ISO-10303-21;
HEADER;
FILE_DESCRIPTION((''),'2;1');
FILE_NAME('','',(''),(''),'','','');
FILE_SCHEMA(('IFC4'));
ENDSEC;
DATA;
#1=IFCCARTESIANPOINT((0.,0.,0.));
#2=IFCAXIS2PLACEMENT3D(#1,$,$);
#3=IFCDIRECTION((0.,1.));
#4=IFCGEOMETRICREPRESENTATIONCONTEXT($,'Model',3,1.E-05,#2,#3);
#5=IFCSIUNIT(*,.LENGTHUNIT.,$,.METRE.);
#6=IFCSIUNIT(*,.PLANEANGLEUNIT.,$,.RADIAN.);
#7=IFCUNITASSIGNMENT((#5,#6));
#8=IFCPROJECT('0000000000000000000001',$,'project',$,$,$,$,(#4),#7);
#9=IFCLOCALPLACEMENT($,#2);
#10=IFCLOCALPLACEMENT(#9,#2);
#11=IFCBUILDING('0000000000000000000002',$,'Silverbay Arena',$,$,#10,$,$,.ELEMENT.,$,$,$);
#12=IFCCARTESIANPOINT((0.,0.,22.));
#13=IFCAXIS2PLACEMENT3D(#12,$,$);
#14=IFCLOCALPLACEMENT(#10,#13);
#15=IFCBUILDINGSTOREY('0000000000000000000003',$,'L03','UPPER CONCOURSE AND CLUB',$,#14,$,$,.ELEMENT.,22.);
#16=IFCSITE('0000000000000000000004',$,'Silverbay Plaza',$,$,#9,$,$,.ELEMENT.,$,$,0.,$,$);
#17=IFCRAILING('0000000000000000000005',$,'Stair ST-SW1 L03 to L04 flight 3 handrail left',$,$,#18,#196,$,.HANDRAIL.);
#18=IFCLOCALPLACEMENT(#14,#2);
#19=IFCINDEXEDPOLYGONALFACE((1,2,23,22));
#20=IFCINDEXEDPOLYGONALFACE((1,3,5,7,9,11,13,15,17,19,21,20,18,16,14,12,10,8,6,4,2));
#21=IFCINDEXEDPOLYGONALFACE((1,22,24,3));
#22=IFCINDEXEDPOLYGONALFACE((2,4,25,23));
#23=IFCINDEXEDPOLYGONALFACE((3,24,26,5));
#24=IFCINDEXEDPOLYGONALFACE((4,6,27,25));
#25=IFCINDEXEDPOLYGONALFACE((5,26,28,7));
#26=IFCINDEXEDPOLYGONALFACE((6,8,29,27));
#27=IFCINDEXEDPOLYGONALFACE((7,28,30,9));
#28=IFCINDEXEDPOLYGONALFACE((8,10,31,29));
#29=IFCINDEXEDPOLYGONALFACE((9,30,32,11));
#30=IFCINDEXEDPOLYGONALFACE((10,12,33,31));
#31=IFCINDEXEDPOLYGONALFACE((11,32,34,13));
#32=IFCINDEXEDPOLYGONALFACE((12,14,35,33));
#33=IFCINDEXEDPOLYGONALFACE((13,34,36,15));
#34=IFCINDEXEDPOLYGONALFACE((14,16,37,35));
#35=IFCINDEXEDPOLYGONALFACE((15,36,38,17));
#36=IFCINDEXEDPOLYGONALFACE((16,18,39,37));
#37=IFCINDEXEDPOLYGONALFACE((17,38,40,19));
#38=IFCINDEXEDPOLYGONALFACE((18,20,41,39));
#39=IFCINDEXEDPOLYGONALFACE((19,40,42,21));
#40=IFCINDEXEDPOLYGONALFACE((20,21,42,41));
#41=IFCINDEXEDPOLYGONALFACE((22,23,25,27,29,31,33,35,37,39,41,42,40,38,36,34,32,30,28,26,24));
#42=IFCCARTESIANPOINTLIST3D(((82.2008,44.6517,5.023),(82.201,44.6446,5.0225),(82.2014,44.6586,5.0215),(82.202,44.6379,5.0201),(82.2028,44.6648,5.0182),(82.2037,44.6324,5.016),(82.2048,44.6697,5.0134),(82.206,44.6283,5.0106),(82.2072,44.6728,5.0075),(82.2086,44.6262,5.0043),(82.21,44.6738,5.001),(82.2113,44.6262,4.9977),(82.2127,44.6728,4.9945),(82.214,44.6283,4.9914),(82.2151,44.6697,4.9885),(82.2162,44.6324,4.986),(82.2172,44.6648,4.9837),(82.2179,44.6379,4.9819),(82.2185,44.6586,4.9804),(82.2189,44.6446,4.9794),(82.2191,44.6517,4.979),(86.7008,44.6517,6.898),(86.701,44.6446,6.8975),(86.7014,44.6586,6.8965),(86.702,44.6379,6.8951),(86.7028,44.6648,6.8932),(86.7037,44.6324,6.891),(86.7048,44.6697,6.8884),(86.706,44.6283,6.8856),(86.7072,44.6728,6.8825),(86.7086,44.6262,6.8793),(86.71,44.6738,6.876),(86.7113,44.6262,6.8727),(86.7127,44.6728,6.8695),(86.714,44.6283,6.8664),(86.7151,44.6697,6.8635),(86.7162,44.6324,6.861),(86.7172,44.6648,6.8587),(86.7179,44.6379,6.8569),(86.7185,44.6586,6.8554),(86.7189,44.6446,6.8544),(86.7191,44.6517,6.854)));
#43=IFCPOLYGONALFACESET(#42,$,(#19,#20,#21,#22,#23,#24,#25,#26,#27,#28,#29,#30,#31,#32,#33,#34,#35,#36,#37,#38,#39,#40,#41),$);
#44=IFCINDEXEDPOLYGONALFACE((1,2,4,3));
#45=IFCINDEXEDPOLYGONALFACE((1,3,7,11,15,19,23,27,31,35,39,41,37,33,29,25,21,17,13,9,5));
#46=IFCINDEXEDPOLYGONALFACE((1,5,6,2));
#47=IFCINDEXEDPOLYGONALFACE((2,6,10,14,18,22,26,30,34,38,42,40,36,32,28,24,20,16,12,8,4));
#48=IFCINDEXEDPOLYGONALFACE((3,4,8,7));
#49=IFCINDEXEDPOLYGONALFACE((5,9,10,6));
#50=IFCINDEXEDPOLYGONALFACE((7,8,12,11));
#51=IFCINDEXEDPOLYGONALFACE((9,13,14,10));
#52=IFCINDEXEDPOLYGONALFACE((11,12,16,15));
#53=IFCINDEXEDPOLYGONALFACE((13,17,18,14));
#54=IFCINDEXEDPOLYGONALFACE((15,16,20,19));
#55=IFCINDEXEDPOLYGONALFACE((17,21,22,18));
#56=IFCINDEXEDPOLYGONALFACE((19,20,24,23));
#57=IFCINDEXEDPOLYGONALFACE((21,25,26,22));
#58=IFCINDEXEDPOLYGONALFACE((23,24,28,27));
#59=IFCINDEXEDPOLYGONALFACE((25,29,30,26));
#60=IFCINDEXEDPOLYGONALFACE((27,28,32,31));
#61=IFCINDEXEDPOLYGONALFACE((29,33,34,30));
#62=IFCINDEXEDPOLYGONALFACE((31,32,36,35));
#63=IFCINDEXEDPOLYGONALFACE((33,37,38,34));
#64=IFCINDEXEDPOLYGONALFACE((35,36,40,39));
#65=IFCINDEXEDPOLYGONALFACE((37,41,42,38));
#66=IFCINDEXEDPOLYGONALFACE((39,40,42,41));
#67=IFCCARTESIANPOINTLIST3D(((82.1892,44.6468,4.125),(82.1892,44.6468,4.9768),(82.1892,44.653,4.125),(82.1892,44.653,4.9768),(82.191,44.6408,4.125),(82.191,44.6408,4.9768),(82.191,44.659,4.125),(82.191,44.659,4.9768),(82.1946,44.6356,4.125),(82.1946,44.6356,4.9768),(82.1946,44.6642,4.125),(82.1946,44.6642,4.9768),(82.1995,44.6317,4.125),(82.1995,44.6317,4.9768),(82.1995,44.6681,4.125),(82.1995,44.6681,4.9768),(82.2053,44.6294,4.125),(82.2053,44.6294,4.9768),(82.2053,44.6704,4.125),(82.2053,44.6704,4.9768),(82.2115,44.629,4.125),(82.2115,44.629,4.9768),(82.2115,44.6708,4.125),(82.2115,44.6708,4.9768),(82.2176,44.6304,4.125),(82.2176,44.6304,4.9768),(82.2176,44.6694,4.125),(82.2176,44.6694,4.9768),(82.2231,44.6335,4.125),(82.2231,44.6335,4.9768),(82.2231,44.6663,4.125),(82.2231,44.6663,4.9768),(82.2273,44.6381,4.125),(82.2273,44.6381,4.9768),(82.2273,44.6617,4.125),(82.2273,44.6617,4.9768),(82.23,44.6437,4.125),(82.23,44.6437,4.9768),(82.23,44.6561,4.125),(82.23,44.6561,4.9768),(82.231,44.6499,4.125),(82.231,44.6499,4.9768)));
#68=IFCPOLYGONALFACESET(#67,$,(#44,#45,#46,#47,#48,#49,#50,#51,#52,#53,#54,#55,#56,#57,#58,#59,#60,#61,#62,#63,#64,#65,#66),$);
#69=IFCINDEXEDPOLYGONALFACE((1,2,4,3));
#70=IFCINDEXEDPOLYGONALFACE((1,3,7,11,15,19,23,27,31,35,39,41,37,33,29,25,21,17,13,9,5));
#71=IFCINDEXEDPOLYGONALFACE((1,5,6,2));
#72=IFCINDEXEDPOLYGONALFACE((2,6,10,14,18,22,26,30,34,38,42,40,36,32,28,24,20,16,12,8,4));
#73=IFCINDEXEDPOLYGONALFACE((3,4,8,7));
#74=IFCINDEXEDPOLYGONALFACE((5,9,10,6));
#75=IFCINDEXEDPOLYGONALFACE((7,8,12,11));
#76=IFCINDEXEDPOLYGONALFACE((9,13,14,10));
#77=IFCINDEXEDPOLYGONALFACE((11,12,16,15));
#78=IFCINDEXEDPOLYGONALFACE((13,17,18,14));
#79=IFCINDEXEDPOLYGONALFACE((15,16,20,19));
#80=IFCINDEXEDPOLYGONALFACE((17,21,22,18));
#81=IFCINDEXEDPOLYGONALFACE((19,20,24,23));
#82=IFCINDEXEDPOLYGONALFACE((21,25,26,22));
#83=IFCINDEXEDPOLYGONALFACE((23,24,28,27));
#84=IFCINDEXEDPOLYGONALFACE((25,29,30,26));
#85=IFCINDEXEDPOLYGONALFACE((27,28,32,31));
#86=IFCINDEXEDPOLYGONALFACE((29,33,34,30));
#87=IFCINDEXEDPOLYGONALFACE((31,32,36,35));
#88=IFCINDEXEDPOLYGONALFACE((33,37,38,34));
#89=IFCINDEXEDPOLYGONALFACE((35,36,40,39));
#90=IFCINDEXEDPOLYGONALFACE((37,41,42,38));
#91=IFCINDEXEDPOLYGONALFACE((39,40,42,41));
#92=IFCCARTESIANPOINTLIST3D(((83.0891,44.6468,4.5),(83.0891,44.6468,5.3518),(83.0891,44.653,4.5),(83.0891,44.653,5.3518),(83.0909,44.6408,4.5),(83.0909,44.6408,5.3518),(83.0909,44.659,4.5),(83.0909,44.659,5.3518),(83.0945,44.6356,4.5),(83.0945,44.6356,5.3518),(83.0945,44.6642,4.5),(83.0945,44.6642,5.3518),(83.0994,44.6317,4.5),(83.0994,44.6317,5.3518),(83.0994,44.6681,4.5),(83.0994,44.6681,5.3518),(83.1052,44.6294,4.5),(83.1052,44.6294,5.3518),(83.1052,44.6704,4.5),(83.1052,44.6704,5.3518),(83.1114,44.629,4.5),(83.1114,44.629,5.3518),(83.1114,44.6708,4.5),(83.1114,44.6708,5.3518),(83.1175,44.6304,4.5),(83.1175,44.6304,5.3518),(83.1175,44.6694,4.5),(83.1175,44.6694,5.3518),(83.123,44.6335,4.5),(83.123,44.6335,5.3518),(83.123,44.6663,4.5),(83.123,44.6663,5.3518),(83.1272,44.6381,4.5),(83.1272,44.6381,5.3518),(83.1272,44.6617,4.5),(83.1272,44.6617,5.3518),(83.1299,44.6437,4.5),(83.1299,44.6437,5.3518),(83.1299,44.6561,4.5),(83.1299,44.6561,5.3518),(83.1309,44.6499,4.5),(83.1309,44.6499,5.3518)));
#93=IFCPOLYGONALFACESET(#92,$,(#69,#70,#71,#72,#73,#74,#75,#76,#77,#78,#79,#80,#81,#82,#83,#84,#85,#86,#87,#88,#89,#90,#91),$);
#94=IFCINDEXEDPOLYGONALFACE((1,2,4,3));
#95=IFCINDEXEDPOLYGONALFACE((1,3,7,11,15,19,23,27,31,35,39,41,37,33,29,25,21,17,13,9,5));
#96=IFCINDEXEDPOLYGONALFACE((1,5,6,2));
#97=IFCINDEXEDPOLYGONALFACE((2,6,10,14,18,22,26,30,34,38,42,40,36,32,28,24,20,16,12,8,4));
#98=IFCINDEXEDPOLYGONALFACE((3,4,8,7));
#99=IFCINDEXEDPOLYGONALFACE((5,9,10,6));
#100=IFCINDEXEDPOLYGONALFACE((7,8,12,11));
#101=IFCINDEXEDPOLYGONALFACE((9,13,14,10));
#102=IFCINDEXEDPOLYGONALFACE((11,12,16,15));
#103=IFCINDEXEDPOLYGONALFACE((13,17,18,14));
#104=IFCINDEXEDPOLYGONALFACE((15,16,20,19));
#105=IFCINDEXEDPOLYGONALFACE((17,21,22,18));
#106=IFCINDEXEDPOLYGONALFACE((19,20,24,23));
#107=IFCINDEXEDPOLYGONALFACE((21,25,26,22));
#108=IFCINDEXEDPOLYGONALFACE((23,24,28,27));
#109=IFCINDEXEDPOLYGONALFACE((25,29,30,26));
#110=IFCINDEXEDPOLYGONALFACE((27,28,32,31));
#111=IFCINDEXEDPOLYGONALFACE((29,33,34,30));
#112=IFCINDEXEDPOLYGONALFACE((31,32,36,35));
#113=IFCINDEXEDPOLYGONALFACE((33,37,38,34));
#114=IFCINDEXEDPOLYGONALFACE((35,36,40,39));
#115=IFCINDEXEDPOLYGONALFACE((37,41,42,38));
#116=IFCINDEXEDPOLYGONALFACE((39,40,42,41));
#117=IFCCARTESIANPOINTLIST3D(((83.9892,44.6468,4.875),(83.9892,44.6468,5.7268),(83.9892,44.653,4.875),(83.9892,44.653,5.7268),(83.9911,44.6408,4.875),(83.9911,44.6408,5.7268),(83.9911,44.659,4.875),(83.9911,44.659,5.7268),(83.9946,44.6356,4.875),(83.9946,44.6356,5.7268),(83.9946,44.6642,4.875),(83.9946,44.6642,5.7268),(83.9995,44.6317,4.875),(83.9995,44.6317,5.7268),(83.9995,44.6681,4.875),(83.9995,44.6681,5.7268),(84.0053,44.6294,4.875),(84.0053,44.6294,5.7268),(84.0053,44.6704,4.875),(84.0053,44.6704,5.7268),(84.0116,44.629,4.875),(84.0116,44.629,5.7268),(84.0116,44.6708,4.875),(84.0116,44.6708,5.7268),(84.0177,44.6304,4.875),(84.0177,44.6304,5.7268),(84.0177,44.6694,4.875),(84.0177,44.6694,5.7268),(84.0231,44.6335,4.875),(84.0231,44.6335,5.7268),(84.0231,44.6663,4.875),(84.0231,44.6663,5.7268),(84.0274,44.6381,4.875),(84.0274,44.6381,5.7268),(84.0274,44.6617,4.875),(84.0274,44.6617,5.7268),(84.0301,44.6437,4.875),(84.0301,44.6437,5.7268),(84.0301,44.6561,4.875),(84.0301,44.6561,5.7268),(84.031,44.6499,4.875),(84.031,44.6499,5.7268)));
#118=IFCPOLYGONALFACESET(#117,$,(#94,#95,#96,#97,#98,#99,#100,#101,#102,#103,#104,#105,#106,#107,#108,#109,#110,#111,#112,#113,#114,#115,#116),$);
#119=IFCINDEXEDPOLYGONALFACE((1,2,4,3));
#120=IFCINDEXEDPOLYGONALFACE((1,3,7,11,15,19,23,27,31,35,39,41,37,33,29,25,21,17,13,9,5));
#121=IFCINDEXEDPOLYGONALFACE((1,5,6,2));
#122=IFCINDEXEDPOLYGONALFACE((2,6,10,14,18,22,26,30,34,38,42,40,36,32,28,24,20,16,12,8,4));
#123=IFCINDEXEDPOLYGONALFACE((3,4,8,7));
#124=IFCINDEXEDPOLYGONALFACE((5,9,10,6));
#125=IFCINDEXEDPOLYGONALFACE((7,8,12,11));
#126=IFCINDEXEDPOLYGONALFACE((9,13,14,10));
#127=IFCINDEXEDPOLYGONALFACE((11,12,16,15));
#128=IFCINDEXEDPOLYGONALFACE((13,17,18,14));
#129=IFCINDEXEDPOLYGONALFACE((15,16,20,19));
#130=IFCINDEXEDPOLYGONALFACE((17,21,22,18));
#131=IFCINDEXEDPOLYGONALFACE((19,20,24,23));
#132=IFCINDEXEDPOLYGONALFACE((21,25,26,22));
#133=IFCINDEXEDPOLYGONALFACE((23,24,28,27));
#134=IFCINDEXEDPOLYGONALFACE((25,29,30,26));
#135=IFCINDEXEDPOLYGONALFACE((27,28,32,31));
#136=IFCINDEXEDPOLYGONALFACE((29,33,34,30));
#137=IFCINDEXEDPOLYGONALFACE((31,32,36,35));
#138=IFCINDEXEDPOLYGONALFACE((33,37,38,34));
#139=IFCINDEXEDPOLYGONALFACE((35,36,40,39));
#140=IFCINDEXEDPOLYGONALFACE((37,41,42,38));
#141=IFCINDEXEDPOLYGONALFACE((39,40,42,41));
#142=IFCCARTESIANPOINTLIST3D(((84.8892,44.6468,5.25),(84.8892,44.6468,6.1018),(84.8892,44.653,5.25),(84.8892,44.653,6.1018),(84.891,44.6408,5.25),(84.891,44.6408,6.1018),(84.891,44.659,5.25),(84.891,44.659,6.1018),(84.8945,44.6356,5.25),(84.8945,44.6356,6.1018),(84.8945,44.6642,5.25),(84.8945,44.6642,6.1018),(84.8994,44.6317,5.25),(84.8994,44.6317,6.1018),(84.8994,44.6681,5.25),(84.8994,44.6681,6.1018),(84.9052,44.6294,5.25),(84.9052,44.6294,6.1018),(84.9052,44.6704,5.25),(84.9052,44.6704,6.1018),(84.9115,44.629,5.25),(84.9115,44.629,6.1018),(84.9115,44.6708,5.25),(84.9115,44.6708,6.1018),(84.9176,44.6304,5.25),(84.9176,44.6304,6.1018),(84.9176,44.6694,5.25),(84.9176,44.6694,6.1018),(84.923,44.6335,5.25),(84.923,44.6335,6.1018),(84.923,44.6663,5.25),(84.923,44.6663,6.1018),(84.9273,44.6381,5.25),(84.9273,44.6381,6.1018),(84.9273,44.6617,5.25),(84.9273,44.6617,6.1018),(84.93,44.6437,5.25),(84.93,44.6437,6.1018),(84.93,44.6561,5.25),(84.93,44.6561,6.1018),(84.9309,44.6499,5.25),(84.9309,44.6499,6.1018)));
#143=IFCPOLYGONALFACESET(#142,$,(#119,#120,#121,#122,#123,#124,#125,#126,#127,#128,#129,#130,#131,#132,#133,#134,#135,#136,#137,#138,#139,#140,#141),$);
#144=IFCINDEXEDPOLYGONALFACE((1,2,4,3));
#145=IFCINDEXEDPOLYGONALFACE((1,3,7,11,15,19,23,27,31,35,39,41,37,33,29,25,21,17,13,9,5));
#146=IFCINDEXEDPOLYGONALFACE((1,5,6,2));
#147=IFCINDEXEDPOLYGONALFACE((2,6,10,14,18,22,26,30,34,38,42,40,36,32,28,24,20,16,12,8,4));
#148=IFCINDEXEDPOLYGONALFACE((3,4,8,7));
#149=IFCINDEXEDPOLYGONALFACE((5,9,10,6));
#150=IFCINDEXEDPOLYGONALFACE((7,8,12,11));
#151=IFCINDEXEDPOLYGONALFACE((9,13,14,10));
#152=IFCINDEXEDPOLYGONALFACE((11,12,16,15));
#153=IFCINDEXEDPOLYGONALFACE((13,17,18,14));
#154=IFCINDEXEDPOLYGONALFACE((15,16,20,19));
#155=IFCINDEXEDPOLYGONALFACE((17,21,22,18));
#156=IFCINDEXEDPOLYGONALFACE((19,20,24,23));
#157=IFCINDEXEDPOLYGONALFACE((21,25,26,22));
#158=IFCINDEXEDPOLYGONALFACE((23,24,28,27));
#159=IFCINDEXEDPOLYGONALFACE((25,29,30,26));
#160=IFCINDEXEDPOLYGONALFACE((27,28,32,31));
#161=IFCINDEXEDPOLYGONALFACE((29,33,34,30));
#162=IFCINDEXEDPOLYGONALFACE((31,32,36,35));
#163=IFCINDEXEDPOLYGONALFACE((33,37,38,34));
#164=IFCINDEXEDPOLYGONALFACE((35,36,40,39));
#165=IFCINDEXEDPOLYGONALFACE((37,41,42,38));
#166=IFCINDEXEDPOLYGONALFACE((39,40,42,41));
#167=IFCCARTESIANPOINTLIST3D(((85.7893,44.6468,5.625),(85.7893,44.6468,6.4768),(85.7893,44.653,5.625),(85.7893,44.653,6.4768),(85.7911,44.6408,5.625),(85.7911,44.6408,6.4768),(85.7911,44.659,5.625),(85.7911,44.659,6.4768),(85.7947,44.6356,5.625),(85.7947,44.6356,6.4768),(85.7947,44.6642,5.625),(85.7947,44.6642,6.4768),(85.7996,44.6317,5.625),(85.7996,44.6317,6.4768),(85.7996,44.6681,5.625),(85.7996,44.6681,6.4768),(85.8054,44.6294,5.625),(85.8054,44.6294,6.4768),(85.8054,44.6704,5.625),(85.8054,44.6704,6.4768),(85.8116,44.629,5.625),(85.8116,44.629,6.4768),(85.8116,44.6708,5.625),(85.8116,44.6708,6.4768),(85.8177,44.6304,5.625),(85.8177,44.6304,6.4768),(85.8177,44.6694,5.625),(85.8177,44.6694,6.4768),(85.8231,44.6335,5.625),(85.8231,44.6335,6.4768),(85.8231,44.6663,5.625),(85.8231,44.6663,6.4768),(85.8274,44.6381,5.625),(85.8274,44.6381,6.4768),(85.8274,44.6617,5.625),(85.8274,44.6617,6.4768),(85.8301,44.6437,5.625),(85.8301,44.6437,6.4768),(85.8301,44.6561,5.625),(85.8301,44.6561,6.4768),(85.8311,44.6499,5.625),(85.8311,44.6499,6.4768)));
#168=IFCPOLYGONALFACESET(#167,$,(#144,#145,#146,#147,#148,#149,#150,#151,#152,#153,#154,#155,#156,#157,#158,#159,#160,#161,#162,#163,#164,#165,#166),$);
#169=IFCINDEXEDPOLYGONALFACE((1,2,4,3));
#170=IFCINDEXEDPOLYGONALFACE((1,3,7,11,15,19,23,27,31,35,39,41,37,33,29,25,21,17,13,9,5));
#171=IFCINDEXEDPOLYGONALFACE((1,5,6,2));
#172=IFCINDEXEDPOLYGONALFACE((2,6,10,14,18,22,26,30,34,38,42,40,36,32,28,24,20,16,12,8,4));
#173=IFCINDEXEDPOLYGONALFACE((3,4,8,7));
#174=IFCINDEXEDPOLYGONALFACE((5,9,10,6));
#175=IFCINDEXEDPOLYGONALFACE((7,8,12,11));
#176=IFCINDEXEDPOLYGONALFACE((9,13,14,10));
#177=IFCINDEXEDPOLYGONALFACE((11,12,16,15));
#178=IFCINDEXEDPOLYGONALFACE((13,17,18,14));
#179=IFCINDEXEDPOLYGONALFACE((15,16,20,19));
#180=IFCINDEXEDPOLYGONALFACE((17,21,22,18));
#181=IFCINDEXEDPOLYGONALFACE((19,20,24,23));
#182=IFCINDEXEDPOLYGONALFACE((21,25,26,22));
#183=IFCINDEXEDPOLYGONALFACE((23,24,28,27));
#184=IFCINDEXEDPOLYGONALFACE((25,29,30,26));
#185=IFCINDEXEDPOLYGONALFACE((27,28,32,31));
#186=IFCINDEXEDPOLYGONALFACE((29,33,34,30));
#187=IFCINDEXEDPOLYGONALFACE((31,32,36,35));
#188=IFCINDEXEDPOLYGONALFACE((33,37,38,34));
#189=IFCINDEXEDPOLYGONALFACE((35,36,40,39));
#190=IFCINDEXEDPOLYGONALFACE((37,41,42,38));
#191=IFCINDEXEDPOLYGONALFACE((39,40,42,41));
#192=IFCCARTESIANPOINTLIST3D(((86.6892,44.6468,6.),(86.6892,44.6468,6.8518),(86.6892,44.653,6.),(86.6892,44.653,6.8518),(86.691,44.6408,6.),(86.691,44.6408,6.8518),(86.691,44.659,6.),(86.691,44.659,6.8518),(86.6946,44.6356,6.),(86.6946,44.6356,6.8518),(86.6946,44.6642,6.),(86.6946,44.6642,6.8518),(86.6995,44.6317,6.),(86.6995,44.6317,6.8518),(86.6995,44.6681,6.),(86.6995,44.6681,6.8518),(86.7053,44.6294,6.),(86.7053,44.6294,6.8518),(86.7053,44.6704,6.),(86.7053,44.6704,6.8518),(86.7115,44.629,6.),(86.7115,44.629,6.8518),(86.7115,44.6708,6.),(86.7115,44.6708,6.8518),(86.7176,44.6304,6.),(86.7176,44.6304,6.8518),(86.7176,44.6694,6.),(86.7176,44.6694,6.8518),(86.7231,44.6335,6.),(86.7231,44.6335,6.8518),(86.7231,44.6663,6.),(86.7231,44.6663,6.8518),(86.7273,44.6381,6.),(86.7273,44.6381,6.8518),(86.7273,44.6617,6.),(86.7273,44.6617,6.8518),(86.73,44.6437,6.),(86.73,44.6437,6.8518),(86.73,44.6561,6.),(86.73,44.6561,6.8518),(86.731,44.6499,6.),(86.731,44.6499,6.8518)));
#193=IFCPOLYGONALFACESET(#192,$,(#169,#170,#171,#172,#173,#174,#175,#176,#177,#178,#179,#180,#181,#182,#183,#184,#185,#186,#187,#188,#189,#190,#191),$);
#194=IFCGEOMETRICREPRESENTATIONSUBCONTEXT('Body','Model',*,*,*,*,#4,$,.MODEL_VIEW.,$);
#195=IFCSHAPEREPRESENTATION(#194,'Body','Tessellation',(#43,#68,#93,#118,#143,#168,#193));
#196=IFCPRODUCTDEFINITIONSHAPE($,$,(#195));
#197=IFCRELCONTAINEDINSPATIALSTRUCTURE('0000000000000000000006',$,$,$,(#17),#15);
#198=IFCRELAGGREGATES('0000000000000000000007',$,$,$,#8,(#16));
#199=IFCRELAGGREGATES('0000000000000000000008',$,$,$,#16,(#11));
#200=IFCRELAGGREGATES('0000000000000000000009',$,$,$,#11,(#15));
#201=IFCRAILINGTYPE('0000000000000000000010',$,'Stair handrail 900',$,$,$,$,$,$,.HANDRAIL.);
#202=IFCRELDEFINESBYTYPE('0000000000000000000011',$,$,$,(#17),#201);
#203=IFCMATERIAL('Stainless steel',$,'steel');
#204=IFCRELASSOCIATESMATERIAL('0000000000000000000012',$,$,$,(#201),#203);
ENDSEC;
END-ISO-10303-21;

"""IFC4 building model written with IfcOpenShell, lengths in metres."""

from ifc_helpers import new_model, si_unit, direction, frame, origin, origin_2d, place, context, subcontext, project, spatial, circle, extrude, material, type_object, element, save


model = new_model("IFC4")

# Units and contexts
model_context = context("Model", 3, precision=1e-05, world=origin(), true_north=direction((0.0, 1.0)))
body_context = subcontext(model_context, "Body", "Model", "MODEL_VIEW")
ifc_project = project(units=[si_unit("LENGTHUNIT", "METRE"), si_unit("PLANEANGLEUNIT", "RADIAN")], contexts=[model_context])

# Site, building, storey
site_placement = place(None, origin())
site = spatial("IfcSite", under=ifc_project, at=site_placement, Name="Silverbay Plaza", CompositionType="ELEMENT", RefElevation=0.0)
building_placement = place(site_placement, origin())
building = spatial("IfcBuilding", under=site, at=building_placement, Name="Silverbay Arena", CompositionType="ELEMENT")
storey_placement = place(building_placement, frame((0.0, 0.0, 22.0)))
storey = spatial("IfcBuildingStorey", under=building, at=storey_placement, Name="L03", Description="UPPER CONCOURSE AND CLUB", CompositionType="ELEMENT", Elevation=22.0)

# Railing
ifc_material_1 = material(Name="Stainless steel", Category="steel")
railing_type_1 = type_object("IfcRailingType", Name="Stair handrail 900", PredefinedType="HANDRAIL", material=ifc_material_1)
for number, where, name in (
    (1, (82.21, 44.6499, 4.125), "Stair ST-SW1 L03 to L04 flight 3 handrail left"),
):
    element("IfcRailing", number, at=place(storey_placement, frame(where)), inside=storey, type_object=railing_type_1, Name=name, PredefinedType="HANDRAIL", context=body_context, shape_type="SweptSolid", body=[
        extrude(circle(Radius=0.0239, at=origin_2d()), frame((0.0, 0.0, 0.876), z_axis=(0.923077, 0.0, 0.384615), x_axis=(0.0, 1.0, 0.0)), (0.0, 0.0, 1.0), 4.875),
        extrude(circle(Radius=0.021, at=origin_2d()), origin(), (0.0, 0.0, 1.0), 0.8518),
        extrude(circle(Radius=0.021, at=origin_2d()), frame((0.8999, 0.0, 0.375)), (0.0, 0.0, 1.0), 0.8518),
        extrude(circle(Radius=0.021, at=origin_2d()), frame((1.8, 0.0, 0.75)), (0.0, 0.0, 1.0), 0.8518),
        extrude(circle(Radius=0.021, at=origin_2d()), frame((2.7, 0.0, 1.125)), (0.0, 0.0, 1.0), 0.8518),
        extrude(circle(Radius=0.021, at=origin_2d()), frame((3.6001, 0.0, 1.5)), (0.0, 0.0, 1.0), 0.8518),
        extrude(circle(Radius=0.021, at=origin_2d()), frame((4.5, 0.0, 1.875)), (0.0, 0.0, 1.0), 0.8518),
    ])

save(model, "model.ifc")
